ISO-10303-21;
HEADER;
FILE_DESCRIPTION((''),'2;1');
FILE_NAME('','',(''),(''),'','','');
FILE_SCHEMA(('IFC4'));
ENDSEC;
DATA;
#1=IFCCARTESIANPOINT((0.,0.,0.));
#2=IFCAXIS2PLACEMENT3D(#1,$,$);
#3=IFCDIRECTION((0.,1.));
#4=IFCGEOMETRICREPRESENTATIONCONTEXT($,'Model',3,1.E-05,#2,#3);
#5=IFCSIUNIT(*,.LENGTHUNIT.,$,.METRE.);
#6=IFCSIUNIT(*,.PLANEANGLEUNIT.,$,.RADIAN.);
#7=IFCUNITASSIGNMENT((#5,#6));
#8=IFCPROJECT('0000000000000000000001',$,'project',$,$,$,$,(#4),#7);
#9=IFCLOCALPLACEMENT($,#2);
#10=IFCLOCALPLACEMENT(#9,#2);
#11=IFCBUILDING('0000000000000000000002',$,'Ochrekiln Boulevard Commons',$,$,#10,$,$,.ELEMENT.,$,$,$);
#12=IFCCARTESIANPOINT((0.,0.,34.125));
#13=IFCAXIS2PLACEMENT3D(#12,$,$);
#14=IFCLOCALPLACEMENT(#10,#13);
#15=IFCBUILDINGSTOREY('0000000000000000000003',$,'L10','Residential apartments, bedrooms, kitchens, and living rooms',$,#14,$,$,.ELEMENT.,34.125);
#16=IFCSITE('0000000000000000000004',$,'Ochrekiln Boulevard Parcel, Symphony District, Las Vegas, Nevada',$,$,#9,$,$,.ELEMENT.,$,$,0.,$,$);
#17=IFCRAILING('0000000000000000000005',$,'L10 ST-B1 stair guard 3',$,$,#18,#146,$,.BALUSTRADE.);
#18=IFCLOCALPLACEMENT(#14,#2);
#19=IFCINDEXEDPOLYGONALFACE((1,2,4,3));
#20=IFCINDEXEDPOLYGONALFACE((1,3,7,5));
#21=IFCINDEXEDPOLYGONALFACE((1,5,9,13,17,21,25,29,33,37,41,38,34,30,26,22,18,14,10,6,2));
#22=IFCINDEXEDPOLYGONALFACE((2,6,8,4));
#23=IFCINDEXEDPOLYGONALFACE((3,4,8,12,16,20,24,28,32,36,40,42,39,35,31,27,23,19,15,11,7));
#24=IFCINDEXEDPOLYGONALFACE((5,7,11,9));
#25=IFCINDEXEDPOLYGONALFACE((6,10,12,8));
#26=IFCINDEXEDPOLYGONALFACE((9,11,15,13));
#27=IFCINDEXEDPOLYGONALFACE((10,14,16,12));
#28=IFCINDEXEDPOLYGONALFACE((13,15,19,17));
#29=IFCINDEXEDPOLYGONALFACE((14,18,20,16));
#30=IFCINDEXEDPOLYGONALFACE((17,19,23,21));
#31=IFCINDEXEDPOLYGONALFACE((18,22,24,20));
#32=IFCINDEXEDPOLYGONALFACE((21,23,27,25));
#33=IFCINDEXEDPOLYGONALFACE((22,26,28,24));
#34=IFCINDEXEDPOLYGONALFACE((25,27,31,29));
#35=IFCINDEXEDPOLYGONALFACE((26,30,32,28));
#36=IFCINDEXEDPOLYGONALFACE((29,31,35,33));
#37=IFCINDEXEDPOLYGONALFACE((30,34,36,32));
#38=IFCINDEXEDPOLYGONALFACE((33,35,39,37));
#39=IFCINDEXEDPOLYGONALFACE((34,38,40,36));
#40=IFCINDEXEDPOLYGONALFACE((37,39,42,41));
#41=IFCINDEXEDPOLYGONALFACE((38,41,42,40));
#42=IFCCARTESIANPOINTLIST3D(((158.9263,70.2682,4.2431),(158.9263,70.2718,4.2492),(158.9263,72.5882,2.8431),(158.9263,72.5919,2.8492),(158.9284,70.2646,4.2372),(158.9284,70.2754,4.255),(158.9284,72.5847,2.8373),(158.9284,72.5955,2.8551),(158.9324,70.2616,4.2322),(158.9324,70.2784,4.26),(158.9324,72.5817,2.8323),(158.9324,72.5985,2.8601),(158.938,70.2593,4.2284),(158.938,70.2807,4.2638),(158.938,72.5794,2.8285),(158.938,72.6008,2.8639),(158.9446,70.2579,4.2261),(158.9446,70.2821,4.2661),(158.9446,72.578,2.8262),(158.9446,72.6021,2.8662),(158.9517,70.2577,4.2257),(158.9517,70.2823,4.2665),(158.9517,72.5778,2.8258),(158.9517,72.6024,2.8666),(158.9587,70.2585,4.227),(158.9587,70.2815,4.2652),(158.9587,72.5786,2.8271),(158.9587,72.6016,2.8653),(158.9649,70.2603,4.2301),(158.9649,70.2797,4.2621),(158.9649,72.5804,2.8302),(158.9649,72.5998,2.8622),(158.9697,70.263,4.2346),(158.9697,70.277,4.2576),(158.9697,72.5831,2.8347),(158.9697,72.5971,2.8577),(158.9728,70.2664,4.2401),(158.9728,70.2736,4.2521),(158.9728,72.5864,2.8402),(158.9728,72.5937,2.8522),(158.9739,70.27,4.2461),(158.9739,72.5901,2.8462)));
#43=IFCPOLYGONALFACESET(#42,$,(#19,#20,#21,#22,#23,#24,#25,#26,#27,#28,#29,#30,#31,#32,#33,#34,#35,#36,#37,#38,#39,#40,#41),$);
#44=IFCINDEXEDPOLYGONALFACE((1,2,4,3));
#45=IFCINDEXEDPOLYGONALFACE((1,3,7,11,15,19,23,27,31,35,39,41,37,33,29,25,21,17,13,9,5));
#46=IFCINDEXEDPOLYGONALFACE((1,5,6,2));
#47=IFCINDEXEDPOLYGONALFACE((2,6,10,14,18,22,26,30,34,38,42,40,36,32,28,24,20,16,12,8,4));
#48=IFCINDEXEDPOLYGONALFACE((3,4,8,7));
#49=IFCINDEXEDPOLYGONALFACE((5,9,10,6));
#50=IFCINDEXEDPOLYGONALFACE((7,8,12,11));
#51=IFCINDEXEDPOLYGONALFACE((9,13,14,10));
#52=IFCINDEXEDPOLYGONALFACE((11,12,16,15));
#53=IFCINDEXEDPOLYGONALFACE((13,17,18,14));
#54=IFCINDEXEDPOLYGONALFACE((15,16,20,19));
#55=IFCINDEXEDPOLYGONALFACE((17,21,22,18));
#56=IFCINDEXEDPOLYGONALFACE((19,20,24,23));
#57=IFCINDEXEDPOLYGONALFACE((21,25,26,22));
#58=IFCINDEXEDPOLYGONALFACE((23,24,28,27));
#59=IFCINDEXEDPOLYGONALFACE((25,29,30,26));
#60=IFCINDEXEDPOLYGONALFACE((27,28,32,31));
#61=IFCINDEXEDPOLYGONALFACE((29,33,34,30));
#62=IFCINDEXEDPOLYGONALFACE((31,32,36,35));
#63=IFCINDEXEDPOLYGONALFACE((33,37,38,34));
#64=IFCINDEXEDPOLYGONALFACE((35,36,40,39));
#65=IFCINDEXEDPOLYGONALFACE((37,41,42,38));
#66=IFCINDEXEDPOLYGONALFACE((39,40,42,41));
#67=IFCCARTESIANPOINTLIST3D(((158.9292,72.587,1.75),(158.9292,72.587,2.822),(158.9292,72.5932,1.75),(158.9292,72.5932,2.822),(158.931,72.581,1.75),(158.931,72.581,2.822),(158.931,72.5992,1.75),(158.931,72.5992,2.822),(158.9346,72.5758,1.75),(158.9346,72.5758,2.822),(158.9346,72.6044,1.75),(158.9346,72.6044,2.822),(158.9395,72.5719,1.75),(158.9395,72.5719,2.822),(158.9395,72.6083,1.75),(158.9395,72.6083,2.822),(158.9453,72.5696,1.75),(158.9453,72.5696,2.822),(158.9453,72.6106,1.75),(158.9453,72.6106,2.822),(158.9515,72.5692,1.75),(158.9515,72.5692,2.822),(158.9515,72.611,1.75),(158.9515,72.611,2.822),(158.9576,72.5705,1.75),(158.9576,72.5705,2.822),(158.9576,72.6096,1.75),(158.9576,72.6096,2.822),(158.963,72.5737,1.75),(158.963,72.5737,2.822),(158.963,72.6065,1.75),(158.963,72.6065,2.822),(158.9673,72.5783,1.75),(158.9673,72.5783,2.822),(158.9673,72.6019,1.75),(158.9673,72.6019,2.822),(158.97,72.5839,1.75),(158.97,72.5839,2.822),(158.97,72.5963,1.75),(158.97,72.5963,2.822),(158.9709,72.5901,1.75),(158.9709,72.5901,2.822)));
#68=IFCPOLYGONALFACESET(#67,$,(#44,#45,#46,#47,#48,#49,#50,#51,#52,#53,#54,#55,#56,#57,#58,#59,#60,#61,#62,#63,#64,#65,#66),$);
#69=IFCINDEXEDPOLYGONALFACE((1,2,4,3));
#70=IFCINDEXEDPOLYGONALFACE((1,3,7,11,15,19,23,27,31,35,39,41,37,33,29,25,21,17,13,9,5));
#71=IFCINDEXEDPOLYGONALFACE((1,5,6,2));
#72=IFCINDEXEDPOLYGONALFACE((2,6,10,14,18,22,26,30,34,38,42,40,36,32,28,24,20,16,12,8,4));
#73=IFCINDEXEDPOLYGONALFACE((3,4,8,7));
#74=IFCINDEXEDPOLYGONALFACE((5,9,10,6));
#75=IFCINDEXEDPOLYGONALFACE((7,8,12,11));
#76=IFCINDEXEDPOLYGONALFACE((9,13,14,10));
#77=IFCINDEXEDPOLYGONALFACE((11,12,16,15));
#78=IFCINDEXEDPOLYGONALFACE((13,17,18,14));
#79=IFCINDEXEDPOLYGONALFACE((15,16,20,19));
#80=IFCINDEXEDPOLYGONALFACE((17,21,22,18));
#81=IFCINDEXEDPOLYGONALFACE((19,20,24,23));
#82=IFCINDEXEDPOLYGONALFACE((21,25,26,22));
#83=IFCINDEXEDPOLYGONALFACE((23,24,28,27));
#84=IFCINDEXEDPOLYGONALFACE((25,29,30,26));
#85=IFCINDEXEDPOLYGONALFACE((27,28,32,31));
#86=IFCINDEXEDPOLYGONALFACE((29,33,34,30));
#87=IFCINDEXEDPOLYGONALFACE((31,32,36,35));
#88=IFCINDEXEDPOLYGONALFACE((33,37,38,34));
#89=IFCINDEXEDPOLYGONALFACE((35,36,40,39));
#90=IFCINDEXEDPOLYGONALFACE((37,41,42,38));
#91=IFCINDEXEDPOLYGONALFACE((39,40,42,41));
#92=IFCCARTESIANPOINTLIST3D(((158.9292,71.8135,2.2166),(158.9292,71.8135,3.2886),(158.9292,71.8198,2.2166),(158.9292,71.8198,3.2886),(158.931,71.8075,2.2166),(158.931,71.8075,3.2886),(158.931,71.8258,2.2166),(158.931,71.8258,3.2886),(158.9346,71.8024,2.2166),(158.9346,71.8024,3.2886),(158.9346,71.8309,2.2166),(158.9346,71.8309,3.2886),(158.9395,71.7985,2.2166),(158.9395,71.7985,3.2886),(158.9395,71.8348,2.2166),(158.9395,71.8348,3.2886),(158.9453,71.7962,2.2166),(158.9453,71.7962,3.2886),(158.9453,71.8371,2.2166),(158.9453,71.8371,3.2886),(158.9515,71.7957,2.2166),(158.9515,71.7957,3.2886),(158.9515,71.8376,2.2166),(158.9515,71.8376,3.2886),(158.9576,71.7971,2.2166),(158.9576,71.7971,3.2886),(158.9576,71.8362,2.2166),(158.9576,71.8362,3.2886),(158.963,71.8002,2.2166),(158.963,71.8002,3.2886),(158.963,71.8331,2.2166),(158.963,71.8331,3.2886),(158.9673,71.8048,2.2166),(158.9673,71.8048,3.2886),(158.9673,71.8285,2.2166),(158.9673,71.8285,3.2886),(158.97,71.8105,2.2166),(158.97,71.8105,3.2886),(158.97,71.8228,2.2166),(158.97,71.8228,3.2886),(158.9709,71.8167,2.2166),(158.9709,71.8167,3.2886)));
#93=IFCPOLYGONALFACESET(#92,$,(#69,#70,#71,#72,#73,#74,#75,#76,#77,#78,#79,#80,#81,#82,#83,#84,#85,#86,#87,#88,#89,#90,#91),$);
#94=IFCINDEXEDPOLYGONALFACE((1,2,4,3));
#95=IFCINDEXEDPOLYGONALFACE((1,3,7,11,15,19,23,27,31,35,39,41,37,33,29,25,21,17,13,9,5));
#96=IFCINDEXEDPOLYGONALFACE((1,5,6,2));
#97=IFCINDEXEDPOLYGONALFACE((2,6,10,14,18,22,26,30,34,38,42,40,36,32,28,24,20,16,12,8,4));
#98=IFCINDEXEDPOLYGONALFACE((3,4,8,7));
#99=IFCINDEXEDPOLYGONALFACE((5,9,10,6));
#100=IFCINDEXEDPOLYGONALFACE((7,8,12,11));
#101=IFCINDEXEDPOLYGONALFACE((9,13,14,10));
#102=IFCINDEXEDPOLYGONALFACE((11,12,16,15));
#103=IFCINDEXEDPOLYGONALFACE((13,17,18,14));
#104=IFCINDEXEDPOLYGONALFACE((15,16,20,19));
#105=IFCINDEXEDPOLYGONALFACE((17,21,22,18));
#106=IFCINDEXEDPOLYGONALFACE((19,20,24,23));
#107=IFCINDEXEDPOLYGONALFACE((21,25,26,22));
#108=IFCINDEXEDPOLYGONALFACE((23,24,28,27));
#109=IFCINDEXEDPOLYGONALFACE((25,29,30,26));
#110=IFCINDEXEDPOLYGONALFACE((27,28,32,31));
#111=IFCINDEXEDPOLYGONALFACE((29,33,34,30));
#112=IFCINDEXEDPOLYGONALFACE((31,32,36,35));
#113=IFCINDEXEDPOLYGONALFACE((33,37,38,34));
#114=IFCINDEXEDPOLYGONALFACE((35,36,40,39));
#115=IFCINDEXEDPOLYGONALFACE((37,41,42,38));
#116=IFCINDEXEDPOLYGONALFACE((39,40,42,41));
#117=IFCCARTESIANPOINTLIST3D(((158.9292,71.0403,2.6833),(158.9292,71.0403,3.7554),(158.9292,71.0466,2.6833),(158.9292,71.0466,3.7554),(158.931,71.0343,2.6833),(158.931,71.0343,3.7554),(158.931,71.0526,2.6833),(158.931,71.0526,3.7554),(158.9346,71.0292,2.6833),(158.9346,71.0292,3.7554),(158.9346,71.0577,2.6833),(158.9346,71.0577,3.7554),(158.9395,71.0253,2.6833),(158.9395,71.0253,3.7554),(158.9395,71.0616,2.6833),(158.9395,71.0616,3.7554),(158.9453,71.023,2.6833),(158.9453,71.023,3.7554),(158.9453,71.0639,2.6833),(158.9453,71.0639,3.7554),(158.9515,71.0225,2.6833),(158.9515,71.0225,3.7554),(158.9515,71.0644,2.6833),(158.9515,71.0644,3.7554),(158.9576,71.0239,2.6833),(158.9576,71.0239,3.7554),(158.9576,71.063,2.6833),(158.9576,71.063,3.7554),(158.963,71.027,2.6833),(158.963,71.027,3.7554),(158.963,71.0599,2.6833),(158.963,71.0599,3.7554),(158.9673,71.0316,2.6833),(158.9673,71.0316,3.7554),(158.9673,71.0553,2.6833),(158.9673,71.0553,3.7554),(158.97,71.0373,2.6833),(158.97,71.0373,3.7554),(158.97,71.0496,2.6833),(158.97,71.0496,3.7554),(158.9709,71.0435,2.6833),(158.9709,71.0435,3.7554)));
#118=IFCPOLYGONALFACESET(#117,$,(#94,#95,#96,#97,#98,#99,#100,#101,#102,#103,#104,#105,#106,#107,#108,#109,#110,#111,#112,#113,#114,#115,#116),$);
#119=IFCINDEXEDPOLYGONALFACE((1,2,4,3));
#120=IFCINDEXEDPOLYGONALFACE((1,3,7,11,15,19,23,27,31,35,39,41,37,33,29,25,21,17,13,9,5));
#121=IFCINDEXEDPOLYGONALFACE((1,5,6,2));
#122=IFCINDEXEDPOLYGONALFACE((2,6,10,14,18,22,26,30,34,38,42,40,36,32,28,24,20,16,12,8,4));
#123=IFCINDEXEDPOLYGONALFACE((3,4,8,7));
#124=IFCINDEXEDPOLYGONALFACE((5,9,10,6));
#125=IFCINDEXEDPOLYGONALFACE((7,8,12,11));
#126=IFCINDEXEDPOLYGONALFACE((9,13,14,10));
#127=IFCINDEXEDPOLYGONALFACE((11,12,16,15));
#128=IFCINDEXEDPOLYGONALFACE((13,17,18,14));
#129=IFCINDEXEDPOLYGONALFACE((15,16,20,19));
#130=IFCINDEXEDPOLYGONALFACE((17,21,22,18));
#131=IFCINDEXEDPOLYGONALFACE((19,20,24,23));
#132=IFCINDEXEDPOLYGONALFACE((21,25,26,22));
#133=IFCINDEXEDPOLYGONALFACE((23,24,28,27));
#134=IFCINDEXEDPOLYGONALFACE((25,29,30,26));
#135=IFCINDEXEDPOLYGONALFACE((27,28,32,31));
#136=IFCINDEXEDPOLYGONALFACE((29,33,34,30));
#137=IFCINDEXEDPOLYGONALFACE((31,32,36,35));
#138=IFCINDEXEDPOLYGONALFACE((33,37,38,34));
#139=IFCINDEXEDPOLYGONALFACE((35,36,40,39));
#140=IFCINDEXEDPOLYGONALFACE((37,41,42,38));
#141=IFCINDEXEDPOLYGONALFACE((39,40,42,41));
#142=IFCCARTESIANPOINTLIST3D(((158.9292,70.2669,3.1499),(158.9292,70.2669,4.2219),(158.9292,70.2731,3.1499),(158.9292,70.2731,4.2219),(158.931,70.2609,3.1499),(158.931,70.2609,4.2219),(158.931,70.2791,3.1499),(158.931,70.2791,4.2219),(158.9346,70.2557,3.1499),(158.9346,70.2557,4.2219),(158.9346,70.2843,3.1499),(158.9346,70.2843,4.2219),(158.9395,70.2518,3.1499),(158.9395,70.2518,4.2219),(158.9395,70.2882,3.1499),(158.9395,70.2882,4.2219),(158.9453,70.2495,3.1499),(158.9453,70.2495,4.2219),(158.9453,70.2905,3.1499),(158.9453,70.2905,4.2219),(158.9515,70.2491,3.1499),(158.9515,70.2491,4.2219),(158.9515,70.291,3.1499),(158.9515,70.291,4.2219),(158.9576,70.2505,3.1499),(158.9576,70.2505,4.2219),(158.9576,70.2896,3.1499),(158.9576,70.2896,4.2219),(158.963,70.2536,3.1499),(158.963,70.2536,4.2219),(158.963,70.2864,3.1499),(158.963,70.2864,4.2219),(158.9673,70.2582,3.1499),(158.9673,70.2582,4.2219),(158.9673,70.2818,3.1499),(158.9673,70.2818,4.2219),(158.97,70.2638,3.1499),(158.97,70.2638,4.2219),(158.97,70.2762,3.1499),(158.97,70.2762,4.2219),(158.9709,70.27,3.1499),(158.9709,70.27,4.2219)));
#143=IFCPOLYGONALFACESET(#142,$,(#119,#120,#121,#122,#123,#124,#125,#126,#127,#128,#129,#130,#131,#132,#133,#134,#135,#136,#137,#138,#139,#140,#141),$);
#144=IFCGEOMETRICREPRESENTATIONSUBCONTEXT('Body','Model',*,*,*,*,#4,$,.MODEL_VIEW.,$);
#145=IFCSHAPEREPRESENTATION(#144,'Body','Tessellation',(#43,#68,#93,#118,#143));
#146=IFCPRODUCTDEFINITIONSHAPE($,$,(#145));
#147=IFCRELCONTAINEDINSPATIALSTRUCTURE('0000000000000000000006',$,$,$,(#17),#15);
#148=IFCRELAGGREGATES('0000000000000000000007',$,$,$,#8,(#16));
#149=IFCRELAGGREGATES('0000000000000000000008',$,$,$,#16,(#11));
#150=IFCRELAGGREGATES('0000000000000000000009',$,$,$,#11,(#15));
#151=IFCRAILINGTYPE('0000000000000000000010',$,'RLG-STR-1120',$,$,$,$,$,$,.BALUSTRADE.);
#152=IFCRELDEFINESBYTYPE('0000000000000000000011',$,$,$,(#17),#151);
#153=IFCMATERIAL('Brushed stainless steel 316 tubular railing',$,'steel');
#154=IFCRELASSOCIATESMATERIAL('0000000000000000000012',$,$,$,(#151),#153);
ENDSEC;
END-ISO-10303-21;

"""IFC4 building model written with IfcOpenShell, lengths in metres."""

from ifc_helpers import new_model, si_unit, direction, frame, origin, origin_2d, place, context, subcontext, project, spatial, circle, extrude, material, type_object, element, save


model = new_model("IFC4")

# Units and contexts
model_context = context("Model", 3, precision=1e-05, world=origin(), true_north=direction((0.0, 1.0)))
body_context = subcontext(model_context, "Body", "Model", "MODEL_VIEW")
ifc_project = project(units=[si_unit("LENGTHUNIT", "METRE"), si_unit("PLANEANGLEUNIT", "RADIAN")], contexts=[model_context])

# Site, building, storey
site_placement = place(None, origin())
site = spatial("IfcSite", under=ifc_project, at=site_placement, Name="Ochrekiln Boulevard Parcel, Symphony District, Las Vegas, Nevada", CompositionType="ELEMENT", RefElevation=0.0)
building_placement = place(site_placement, origin())
building = spatial("IfcBuilding", under=site, at=building_placement, Name="Ochrekiln Boulevard Commons", CompositionType="ELEMENT")
storey_placement = place(building_placement, frame((0.0, 0.0, 34.125)))
storey = spatial("IfcBuildingStorey", under=building, at=storey_placement, Name="L10", Description="Residential apartments, bedrooms, kitchens, and living rooms", CompositionType="ELEMENT", Elevation=34.125)

# Railing
ifc_material_1 = material(Name="Brushed stainless steel 316 tubular railing", Category="steel")
railing_type_1 = type_object("IfcRailingType", Name="RLG-STR-1120", PredefinedType="BALUSTRADE", material=ifc_material_1)
railing_1_placement = place(storey_placement, frame((158.95, 72.5901, 1.75)))
element("IfcRailing", 1, at=railing_1_placement, inside=storey, type_object=railing_type_1, Name="L10 ST-B1 stair guard 3", PredefinedType="BALUSTRADE", context=body_context, shape_type="SweptSolid", body=[
    extrude(circle(Radius=0.0239, at=origin_2d()), frame((0.0, 0.0, 1.0962), z_axis=(0.0, -0.85621, 0.516627), x_axis=(1.0, 0.0, 0.0)), (0.0, 0.0, 1.0), 2.7097),
    extrude(circle(Radius=0.021, at=origin_2d()), origin(), (0.0, 0.0, 1.0), 1.072),
    extrude(circle(Radius=0.021, at=origin_2d()), frame((0.0, -0.7734, 0.4666)), (0.0, 0.0, 1.0), 1.072),
    extrude(circle(Radius=0.021, at=origin_2d()), frame((0.0, -1.5466, 0.9333)), (0.0, 0.0, 1.0), 1.072),
    extrude(circle(Radius=0.021, at=origin_2d()), frame((0.0, -2.3201, 1.3999)), (0.0, 0.0, 1.0), 1.072),
])

save(model, "model.ifc")
